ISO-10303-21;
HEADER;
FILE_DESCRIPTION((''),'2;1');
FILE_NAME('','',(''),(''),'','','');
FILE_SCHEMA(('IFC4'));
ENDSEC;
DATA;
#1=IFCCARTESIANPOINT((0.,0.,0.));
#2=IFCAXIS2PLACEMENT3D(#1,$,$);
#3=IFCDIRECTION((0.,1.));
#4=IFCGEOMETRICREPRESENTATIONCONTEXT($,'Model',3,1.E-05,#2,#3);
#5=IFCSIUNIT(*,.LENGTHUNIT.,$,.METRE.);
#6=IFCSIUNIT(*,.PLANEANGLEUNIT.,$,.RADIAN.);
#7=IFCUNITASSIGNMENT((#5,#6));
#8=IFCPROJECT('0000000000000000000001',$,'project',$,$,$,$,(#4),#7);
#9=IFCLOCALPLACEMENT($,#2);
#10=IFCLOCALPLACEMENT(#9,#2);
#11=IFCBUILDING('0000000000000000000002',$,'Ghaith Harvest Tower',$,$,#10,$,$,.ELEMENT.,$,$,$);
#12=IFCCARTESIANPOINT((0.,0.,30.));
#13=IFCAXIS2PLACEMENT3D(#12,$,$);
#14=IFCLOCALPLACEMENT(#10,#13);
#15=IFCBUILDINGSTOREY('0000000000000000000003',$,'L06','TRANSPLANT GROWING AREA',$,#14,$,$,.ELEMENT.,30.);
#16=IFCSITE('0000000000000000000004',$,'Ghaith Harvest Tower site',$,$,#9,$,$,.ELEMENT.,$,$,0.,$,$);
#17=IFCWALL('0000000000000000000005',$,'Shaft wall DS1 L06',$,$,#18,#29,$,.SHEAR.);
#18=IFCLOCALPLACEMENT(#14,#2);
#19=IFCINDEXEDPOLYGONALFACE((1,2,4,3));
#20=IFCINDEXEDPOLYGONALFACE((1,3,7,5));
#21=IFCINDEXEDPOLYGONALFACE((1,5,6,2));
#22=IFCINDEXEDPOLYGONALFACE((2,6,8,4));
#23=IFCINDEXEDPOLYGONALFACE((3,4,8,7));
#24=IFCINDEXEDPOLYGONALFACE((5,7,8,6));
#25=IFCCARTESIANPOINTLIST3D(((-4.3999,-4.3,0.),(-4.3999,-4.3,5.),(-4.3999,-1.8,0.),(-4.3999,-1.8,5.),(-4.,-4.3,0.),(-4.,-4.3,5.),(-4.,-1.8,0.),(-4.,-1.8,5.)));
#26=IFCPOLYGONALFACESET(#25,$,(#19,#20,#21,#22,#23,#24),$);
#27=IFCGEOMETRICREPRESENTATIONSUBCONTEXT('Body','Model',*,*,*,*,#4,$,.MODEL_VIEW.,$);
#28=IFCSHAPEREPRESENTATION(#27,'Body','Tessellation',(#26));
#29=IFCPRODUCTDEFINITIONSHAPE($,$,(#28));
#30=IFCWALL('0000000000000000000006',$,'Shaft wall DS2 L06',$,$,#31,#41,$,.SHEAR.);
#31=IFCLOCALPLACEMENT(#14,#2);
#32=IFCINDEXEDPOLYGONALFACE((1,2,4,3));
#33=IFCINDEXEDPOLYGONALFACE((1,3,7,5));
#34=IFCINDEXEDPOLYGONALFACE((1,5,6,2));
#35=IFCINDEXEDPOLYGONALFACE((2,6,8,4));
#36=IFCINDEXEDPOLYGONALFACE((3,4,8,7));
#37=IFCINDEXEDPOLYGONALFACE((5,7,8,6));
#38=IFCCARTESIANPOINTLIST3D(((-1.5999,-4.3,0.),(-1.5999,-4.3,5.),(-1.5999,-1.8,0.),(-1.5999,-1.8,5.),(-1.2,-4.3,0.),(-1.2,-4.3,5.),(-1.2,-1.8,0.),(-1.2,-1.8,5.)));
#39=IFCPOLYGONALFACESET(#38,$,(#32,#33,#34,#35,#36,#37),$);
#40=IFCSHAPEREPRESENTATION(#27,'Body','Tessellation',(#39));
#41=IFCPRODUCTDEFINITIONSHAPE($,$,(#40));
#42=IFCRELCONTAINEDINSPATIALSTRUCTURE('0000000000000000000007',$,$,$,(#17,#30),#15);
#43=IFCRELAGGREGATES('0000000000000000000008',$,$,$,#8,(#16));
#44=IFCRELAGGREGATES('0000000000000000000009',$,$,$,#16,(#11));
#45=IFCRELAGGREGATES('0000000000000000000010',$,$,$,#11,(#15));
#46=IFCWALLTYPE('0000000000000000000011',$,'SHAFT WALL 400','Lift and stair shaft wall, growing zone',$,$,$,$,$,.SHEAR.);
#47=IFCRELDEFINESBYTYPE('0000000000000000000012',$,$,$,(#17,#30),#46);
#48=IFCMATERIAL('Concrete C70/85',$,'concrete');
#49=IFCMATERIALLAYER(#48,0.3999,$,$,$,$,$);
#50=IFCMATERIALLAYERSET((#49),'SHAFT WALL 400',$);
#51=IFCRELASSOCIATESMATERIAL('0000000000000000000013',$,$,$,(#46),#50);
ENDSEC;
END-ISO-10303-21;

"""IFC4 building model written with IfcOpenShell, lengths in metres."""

from ifc_helpers import new_model, si_unit, direction, frame, frame_2d, origin, place, context, subcontext, project, spatial, rectangle, extrude, material, layer, layer_set, type_object, element, save


model = new_model("IFC4")

# Units and contexts
model_context = context("Model", 3, precision=1e-05, world=origin(), true_north=direction((0.0, 1.0)))
body_context = subcontext(model_context, "Body", "Model", "MODEL_VIEW")
ifc_project = project(units=[si_unit("LENGTHUNIT", "METRE"), si_unit("PLANEANGLEUNIT", "RADIAN")], contexts=[model_context])

# Site, building, storey
site_placement = place(None, origin())
site = spatial("IfcSite", under=ifc_project, at=site_placement, Name="Ghaith Harvest Tower site", CompositionType="ELEMENT", RefElevation=0.0)
building_placement = place(site_placement, origin())
building = spatial("IfcBuilding", under=site, at=building_placement, Name="Ghaith Harvest Tower", CompositionType="ELEMENT")
storey_placement = place(building_placement, frame((0.0, 0.0, 30.0)))
storey = spatial("IfcBuildingStorey", under=building, at=storey_placement, Name="L06", Description="TRANSPLANT GROWING AREA", CompositionType="ELEMENT", Elevation=30.0)

# Shared definitions
ifc_material_1 = material(Name="Concrete C70/85", Category="concrete")
ifc_layer_1 = layer(ifc_material_1, 0.3999)
ifc_layer_set_1 = layer_set([ifc_layer_1], Name="SHAFT WALL 400")
wall_type_1 = type_object("IfcWallType", Name="SHAFT WALL 400", Description="Lift and stair shaft wall, growing zone", PredefinedType="SHEAR", material=ifc_layer_set_1)

# Walls
for number, where, z_axis, x_axis, name in (
    (1, (-4.2, -4.3, 0.0), (0.0, 0.0, 1.0), (0.0, 1.0, 0.0), "Shaft wall DS1 L06"),
    (2, (-1.3999, -4.3, 0.0), (0.0, 0.0, 1.0), (0.0, 1.0, 0.0), "Shaft wall DS2 L06"),
):
    element("IfcWall", number, at=place(storey_placement, frame(where, z_axis=z_axis, x_axis=x_axis)), inside=storey, type_object=wall_type_1, Name=name, PredefinedType="SHEAR", context=body_context, shape_type="SweptSolid", body=[
        extrude(rectangle(XDim=2.5, YDim=0.3999, at=frame_2d((1.25, 0.0))), origin(), (0.0, 0.0, 1.0), 5.0),
    ])

save(model, "model.ifc")
